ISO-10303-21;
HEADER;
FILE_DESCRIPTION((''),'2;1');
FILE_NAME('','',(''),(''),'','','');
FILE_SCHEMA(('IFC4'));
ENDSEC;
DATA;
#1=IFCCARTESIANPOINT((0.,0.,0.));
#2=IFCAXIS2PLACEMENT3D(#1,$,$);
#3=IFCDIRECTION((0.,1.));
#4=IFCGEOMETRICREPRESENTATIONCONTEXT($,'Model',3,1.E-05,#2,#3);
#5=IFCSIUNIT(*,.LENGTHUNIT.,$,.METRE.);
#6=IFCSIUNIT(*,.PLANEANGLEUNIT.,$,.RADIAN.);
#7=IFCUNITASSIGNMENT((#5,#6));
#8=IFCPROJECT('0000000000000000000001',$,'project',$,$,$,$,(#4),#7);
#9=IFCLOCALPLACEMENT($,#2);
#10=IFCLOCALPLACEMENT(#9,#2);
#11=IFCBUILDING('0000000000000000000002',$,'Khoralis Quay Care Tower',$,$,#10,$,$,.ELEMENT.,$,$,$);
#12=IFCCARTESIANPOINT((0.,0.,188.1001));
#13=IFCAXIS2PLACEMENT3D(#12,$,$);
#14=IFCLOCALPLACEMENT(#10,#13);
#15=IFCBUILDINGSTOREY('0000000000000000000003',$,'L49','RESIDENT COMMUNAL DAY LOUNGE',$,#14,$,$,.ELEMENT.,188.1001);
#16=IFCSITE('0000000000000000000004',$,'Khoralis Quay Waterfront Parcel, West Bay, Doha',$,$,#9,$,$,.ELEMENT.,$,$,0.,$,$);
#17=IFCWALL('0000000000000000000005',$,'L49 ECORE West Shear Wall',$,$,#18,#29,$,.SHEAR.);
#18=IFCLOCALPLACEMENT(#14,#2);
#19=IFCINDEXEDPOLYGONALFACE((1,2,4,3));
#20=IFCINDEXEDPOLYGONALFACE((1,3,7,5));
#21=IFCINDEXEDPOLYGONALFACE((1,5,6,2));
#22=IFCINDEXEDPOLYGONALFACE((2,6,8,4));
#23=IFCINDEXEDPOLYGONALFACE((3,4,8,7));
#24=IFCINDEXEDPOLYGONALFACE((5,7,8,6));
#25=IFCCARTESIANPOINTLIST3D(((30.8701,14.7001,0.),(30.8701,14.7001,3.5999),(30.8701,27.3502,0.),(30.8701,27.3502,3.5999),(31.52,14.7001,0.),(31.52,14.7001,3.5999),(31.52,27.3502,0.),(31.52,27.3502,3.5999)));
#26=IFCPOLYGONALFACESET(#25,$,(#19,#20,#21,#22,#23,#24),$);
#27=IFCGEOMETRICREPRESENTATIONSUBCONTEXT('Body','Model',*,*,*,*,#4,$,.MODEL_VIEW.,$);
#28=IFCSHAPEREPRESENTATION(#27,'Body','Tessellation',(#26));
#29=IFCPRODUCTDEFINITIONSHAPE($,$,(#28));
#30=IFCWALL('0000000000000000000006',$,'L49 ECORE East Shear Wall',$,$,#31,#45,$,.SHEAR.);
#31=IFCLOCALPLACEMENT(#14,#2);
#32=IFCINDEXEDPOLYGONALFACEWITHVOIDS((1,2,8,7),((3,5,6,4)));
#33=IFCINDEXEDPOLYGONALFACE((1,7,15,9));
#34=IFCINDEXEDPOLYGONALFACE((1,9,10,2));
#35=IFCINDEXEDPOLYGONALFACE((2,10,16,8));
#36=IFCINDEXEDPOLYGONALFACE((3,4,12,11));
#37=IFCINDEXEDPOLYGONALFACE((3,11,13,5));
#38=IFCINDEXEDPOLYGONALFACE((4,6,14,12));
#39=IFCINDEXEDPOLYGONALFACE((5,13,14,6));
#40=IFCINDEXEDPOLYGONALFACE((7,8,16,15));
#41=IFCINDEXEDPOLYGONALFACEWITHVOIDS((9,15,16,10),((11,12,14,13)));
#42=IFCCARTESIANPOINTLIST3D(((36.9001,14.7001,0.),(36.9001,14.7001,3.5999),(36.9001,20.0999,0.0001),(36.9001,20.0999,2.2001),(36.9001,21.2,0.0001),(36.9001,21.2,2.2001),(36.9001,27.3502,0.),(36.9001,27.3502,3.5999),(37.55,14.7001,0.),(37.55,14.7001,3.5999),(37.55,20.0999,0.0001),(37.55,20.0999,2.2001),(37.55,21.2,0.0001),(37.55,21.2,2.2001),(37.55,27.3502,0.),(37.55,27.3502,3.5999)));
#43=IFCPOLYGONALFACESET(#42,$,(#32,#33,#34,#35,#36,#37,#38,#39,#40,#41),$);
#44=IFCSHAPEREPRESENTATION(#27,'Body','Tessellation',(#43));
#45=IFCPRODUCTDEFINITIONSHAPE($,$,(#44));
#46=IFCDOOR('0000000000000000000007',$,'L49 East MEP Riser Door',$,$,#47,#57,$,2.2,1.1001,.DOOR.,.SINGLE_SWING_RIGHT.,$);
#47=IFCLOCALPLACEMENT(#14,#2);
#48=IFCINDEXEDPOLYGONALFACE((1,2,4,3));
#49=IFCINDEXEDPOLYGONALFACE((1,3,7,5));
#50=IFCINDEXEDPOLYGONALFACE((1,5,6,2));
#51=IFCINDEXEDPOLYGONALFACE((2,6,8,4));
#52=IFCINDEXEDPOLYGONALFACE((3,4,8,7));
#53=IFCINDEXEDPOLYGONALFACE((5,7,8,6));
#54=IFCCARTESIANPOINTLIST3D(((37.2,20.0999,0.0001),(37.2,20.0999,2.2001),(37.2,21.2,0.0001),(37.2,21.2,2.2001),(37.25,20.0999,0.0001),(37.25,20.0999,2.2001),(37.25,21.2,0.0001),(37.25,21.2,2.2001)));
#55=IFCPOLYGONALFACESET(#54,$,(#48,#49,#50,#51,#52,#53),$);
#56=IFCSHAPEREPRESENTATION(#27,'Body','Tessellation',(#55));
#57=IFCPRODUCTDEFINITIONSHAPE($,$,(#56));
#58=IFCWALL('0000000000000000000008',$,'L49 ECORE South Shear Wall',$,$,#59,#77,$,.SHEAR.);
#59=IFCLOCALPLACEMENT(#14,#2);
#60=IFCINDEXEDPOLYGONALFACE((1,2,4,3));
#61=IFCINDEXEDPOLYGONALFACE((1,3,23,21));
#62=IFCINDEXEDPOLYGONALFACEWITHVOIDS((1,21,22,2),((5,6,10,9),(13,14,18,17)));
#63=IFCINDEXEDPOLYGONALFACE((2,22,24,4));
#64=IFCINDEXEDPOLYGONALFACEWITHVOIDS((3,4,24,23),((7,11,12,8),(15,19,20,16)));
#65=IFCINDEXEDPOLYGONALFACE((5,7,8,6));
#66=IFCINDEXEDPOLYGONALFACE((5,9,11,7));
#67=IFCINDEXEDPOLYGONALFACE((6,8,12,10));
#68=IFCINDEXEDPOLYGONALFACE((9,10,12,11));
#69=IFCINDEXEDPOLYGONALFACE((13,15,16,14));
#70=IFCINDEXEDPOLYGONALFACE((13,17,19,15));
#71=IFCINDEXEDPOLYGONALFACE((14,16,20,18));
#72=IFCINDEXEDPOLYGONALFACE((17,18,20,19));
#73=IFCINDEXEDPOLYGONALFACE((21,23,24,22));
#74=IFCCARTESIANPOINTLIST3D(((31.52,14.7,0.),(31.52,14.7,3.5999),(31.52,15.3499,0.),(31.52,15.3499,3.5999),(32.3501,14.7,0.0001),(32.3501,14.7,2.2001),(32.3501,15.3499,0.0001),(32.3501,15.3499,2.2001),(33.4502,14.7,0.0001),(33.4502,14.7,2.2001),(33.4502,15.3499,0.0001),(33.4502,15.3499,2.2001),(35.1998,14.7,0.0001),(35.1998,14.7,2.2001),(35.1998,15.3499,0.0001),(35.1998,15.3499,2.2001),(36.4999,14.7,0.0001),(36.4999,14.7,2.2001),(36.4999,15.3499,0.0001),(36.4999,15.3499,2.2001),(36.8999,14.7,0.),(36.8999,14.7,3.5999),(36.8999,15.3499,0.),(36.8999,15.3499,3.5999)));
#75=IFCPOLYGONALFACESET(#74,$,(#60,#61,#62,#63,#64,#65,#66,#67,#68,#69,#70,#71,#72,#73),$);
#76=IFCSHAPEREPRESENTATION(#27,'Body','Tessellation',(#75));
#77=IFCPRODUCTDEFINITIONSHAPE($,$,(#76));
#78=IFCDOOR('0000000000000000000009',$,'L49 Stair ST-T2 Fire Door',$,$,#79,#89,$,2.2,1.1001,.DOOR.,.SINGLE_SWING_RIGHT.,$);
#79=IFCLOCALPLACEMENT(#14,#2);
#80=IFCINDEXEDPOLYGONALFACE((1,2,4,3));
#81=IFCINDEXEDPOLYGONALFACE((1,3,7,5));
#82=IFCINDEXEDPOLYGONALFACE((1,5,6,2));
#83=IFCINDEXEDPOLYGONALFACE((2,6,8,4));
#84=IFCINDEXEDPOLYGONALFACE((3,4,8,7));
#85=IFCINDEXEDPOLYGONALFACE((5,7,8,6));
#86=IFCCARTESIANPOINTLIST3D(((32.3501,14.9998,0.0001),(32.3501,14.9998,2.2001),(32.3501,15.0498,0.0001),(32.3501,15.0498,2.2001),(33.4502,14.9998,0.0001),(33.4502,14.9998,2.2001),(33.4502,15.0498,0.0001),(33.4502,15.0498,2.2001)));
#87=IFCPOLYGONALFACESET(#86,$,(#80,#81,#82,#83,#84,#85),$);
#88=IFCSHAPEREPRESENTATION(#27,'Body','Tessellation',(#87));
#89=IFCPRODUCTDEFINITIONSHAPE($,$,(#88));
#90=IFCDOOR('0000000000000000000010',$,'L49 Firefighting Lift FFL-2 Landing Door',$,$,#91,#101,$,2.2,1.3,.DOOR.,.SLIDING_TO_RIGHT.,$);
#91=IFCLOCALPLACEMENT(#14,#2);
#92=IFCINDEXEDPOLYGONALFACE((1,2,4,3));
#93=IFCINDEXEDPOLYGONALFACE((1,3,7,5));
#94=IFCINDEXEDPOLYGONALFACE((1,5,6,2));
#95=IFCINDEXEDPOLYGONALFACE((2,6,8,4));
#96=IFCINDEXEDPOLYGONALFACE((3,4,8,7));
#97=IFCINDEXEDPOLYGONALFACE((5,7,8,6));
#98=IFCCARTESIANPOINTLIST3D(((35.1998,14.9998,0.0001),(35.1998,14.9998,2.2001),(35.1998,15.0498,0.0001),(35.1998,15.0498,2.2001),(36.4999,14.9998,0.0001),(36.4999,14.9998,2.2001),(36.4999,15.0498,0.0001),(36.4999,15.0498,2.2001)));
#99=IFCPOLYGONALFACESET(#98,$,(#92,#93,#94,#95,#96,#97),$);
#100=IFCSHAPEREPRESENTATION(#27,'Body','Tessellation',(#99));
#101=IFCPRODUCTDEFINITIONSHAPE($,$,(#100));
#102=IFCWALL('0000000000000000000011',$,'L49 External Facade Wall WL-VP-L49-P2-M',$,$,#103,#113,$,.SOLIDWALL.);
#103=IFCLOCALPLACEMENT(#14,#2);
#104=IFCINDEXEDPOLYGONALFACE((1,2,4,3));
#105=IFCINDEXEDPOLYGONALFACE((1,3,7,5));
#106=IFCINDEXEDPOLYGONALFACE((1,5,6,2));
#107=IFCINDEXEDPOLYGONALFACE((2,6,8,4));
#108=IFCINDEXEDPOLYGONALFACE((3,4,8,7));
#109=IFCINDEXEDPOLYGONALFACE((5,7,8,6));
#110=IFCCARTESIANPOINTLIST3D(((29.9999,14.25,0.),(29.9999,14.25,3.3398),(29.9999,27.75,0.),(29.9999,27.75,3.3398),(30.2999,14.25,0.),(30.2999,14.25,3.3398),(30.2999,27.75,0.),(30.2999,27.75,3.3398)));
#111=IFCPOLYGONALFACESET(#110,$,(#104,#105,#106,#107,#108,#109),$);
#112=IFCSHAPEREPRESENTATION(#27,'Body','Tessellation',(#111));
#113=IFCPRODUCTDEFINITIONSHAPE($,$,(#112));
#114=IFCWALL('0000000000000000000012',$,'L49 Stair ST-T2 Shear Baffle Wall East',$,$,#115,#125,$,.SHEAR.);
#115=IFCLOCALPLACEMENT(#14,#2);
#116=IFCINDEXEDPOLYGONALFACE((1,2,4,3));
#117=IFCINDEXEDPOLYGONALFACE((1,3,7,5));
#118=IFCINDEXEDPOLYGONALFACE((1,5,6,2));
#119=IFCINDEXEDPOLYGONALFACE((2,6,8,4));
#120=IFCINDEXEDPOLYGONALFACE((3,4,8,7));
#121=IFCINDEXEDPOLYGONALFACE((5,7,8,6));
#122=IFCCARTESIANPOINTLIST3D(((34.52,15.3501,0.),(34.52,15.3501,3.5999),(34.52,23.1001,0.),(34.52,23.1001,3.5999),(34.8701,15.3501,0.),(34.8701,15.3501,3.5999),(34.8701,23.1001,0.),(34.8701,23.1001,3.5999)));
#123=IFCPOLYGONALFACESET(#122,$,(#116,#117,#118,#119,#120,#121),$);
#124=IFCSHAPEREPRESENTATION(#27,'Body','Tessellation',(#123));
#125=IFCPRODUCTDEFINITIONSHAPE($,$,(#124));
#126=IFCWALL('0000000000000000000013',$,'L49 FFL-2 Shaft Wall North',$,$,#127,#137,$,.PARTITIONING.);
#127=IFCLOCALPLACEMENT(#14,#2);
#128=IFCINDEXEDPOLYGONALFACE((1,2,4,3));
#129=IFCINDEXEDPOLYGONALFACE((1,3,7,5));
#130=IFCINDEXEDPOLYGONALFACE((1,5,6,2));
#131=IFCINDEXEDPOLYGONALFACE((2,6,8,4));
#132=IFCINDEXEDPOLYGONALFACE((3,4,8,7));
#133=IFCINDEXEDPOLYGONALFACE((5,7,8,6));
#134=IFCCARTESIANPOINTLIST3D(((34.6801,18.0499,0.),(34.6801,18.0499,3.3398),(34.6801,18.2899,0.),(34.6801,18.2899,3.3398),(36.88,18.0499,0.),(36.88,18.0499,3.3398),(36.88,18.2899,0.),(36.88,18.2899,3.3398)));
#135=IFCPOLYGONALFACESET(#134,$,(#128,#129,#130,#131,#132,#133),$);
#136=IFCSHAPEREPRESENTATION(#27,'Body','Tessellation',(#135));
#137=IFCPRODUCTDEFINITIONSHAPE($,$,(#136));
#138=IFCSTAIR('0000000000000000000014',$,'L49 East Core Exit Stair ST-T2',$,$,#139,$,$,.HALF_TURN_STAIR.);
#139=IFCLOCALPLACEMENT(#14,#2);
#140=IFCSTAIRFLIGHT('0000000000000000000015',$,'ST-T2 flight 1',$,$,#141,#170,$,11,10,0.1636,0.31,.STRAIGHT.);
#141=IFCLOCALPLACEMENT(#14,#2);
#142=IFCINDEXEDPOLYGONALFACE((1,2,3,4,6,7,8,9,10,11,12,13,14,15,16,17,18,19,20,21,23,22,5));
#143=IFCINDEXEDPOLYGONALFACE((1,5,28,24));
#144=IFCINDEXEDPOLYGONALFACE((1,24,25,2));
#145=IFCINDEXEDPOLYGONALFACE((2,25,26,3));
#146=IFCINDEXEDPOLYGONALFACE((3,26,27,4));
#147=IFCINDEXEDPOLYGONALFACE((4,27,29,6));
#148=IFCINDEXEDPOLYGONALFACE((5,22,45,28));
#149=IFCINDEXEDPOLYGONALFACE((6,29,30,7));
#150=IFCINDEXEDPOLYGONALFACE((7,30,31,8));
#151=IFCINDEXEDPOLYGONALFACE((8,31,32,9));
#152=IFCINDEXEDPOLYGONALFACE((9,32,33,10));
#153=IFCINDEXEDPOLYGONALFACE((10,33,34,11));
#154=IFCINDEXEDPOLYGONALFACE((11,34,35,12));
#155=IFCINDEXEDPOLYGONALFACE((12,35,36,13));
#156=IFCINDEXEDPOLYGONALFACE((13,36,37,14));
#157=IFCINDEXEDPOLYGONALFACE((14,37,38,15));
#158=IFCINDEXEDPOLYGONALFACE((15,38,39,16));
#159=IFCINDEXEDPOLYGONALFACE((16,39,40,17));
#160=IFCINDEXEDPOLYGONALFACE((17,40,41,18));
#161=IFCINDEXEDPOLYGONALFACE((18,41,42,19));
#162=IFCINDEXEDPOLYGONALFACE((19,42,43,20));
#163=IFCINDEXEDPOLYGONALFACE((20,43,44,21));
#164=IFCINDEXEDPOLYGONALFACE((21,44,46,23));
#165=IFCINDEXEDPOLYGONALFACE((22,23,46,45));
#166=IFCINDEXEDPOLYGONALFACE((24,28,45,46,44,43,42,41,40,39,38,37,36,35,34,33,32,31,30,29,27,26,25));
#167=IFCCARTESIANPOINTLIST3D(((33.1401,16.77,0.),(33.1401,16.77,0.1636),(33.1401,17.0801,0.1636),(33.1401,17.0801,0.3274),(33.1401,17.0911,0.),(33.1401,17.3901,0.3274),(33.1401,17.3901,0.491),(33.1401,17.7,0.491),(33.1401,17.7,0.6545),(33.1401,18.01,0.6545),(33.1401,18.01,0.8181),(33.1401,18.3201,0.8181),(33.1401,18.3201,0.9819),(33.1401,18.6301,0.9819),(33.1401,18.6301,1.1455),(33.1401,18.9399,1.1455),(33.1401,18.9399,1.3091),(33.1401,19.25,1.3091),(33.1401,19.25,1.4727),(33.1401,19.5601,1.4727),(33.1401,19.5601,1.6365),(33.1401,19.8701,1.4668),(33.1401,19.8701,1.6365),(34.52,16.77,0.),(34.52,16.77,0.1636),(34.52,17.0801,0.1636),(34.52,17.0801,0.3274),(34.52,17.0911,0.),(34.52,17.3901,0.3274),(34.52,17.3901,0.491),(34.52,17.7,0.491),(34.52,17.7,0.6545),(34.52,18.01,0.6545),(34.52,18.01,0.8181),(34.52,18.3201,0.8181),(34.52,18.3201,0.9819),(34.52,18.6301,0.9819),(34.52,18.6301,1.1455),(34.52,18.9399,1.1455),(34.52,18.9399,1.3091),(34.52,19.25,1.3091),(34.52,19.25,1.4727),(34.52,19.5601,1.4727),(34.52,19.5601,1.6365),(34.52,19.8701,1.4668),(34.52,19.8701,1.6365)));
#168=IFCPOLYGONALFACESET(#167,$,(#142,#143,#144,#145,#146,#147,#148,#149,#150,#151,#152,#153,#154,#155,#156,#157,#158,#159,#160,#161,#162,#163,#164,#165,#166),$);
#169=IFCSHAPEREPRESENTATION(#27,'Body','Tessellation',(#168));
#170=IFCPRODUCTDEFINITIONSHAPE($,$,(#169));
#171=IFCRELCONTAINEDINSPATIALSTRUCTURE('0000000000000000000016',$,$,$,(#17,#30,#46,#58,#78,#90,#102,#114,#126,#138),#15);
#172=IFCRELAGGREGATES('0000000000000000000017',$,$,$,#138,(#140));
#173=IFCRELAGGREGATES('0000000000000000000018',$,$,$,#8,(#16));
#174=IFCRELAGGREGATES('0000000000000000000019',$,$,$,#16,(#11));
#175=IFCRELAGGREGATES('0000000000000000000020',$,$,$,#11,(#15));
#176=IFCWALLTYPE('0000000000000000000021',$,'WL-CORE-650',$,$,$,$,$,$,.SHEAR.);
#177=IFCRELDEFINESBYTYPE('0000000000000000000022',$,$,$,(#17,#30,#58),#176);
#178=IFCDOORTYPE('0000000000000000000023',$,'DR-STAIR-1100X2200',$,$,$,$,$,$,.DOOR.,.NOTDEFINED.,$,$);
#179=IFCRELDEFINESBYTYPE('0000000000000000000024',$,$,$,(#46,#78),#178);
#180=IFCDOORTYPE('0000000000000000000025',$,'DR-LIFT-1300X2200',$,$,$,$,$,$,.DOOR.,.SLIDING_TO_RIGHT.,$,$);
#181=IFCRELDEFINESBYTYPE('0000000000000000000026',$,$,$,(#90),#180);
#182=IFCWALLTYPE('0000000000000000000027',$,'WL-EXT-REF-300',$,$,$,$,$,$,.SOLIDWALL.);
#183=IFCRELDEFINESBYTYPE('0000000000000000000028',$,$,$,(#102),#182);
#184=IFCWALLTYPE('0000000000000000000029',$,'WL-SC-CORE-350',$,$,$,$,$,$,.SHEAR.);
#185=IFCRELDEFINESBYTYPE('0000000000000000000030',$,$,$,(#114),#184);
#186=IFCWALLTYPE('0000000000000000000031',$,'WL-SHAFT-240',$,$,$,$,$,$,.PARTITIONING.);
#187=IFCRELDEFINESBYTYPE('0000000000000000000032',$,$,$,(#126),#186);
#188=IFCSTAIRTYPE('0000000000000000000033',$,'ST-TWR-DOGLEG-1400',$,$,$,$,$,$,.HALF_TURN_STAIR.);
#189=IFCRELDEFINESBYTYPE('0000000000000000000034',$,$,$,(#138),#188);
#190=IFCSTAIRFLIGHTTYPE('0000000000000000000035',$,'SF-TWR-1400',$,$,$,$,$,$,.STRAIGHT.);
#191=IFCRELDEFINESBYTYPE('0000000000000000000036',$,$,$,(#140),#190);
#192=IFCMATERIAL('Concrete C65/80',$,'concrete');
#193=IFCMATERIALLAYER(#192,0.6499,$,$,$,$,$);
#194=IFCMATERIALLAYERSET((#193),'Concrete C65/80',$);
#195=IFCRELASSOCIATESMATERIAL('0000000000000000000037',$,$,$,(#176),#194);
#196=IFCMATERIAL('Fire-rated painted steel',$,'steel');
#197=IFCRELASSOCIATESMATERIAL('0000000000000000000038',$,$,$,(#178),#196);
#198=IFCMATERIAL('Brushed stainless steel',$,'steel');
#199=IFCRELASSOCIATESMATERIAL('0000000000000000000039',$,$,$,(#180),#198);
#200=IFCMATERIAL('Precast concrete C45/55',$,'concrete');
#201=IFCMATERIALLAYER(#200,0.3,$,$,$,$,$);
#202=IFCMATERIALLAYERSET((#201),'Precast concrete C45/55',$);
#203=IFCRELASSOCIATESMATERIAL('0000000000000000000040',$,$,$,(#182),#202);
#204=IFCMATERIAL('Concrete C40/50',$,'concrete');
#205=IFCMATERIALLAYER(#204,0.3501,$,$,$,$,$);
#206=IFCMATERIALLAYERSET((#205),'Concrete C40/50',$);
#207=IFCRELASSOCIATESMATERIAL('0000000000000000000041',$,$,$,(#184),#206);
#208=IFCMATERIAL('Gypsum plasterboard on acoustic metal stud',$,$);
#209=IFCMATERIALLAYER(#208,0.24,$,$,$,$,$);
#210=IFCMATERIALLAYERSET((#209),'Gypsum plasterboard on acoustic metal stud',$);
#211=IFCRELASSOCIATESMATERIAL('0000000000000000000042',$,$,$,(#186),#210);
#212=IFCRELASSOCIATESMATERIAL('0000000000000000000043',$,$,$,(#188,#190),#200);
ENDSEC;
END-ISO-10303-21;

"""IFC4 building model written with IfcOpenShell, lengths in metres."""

from ifc_helpers import new_model, si_unit, direction, frame, frame_2d, origin, place, context, subcontext, project, spatial, polyline, rectangle, outline, extrude, source, transform, mapped, material, layer, layer_set, type_object, element, fill, aggregate, save


model = new_model("IFC4")

# Units and contexts
model_context = context("Model", 3, precision=1e-05, world=origin(), true_north=direction((0.0, 1.0)))
body_context = subcontext(model_context, "Body", "Model", "MODEL_VIEW")
ifc_project = project(units=[si_unit("LENGTHUNIT", "METRE"), si_unit("PLANEANGLEUNIT", "RADIAN")], contexts=[model_context])

# Site, building, storey
site_placement = place(None, origin())
site = spatial("IfcSite", under=ifc_project, at=site_placement, Name="Khoralis Quay Waterfront Parcel, West Bay, Doha", CompositionType="ELEMENT", RefElevation=0.0)
building_placement = place(site_placement, origin())
building = spatial("IfcBuilding", under=site, at=building_placement, Name="Khoralis Quay Care Tower", CompositionType="ELEMENT")
storey_placement = place(building_placement, frame((0.0, 0.0, 188.1001)))
storey = spatial("IfcBuildingStorey", under=building, at=storey_placement, Name="L49", Description="RESIDENT COMMUNAL DAY LOUNGE", CompositionType="ELEMENT", Elevation=188.1001)

# Wall
ifc_material_1 = material(Name="Gypsum plasterboard on acoustic metal stud")
ifc_material_2 = material(Name="Concrete C65/80", Category="concrete")
ifc_layer_1 = layer(ifc_material_2, 0.6499)
ifc_layer_set_1 = layer_set([ifc_layer_1], Name="Concrete C65/80")
wall_type_1 = type_object("IfcWallType", Name="WL-CORE-650", PredefinedType="SHEAR", material=ifc_layer_set_1)
wall_1_placement = place(storey_placement, frame((31.1951, 14.7, 0.0), z_axis=(0.0, 0.0, 1.0), x_axis=(0.0, 1.0, 0.0)))
element("IfcWall", 1, at=wall_1_placement, inside=storey, type_object=wall_type_1, Name="L49 ECORE West Shear Wall", PredefinedType="SHEAR", context=body_context, shape_type="SweptSolid", body=[
    extrude(rectangle(XDim=12.6501, YDim=0.6499, at=frame_2d((6.3252, 0.0))), origin(), (0.0, 0.0, 1.0), 3.5999),
])

# Wall, opening, door
wall_2_placement = place(storey_placement, frame((37.2251, 14.7, 0.0), z_axis=(0.0, 0.0, 1.0), x_axis=(0.0, 1.0, 0.0)))
wall_2 = element("IfcWall", 2, at=wall_2_placement, inside=storey, type_object=wall_type_1, Name="L49 ECORE East Shear Wall", PredefinedType="SHEAR", context=body_context, shape_type="SweptSolid", body=[
    extrude(rectangle(XDim=12.6501, YDim=0.6499, at=frame_2d((6.3252, 0.0))), origin(), (0.0, 0.0, 1.0), 3.5999),
])
opening_1_placement = place(wall_2_placement, frame((5.3999, 0.0, 0.0)))
opening_1 = element("IfcOpeningElement", 3, at=opening_1_placement, cuts=wall_2, PredefinedType="OPENING", context=body_context, shape_type="SweptSolid", body=[
    extrude(rectangle(XDim=1.1001, YDim=2.2, at=frame_2d((0.55, 1.1001))), frame((0.0, 0.335, 0.0), z_axis=(0.0, -1.0, 0.0), x_axis=(1.0, 0.0, 0.0)), (0.0, 0.0, 1.0), 0.6699),
])
ifc_material_3 = material(Name="Fire-rated painted steel", Category="steel")
door_type_1 = type_object("IfcDoorType", Name="DR-STAIR-1100X2200", OperationType="NOTDEFINED", PredefinedType="DOOR", material=ifc_material_3)
shared_shape_1 = source(origin(), body_context, "Body", "SweptSolid", [
    extrude(rectangle(XDim=1.1001, YDim=2.2, at=frame_2d((0.55, 1.1001))), frame((0.0, 0.0249, 0.0), z_axis=(0.0, -1.0, 0.0), x_axis=(1.0, 0.0, 0.0)), (0.0, 0.0, 1.0), 0.05),
])
door_1_placement = place(opening_1_placement, frame((1.1001, 0.0, 0.0), z_axis=(0.0, 0.0, 1.0), x_axis=(-1.0, 0.0, 0.0)))
door_1 = element("IfcDoor", 4, at=door_1_placement, inside=storey, type_object=door_type_1, Name="L49 East MEP Riser Door", OperationType="SINGLE_SWING_RIGHT", OverallHeight=2.2, OverallWidth=1.1001, PredefinedType="DOOR", context=body_context, shape_type="MappedRepresentation", body=[
    mapped(shared_shape_1, transform((0.0, 0.0, 0.0), scale=1.0)),
])
fill(opening_1, door_1)

# Wall, openings, doors
wall_3_placement = place(storey_placement, frame((31.52, 15.0249, 0.0), z_axis=(0.0, 0.0, 1.0), x_axis=(1.0, 0.0, 0.0)))
wall_3 = element("IfcWall", 5, at=wall_3_placement, inside=storey, type_object=wall_type_1, Name="L49 ECORE South Shear Wall", PredefinedType="SHEAR", context=body_context, shape_type="SweptSolid", body=[
    extrude(rectangle(XDim=5.3799, YDim=0.6499, at=frame_2d((2.6899, 0.0))), origin(), (0.0, 0.0, 1.0), 3.5999),
])
opening_2_placement = place(wall_3_placement, frame((0.8301, 0.0, 0.0)))
opening_2 = element("IfcOpeningElement", 6, at=opening_2_placement, cuts=wall_3, PredefinedType="OPENING", context=body_context, shape_type="SweptSolid", body=[
    extrude(rectangle(XDim=1.1001, YDim=2.2, at=frame_2d((0.55, 1.1001))), frame((0.0, 0.335, 0.0), z_axis=(0.0, -1.0, 0.0), x_axis=(1.0, 0.0, 0.0)), (0.0, 0.0, 1.0), 0.6699),
])
opening_3_placement = place(wall_3_placement, frame((3.6799, 0.0, 0.0)))
opening_3 = element("IfcOpeningElement", 7, at=opening_3_placement, cuts=wall_3, PredefinedType="OPENING", context=body_context, shape_type="SweptSolid", body=[
    extrude(rectangle(XDim=1.3, YDim=2.2, at=frame_2d((0.6499, 1.1001))), frame((0.0, 0.335, 0.0), z_axis=(0.0, -1.0, 0.0), x_axis=(1.0, 0.0, 0.0)), (0.0, 0.0, 1.0), 0.6699),
])
door_2_placement = place(opening_2_placement, origin())
door_2 = element("IfcDoor", 8, at=door_2_placement, inside=storey, type_object=door_type_1, Name="L49 Stair ST-T2 Fire Door", OperationType="SINGLE_SWING_RIGHT", OverallHeight=2.2, OverallWidth=1.1001, PredefinedType="DOOR", context=body_context, shape_type="MappedRepresentation", body=[
    mapped(shared_shape_1, transform((0.0, 0.0, 0.0), scale=1.0)),
])
fill(opening_2, door_2)
ifc_material_4 = material(Name="Brushed stainless steel", Category="steel")
door_type_2 = type_object("IfcDoorType", Name="DR-LIFT-1300X2200", OperationType="SLIDING_TO_RIGHT", PredefinedType="DOOR", material=ifc_material_4)
shared_shape_2 = source(origin(), body_context, "Body", "SweptSolid", [
    extrude(rectangle(XDim=1.3, YDim=2.2, at=frame_2d((0.6499, 1.1001))), frame((0.0, 0.0249, 0.0), z_axis=(0.0, -1.0, 0.0), x_axis=(1.0, 0.0, 0.0)), (0.0, 0.0, 1.0), 0.05),
])
door_3_placement = place(opening_3_placement, origin())
door_3 = element("IfcDoor", 9, at=door_3_placement, inside=storey, type_object=door_type_2, Name="L49 Firefighting Lift FFL-2 Landing Door", OperationType="SLIDING_TO_RIGHT", OverallHeight=2.2, OverallWidth=1.3, PredefinedType="DOOR", context=body_context, shape_type="MappedRepresentation", body=[
    mapped(shared_shape_2, transform((0.0, 0.0, 0.0), scale=1.0)),
])
fill(opening_3, door_3)

# Walls
ifc_material_5 = material(Name="Precast concrete C45/55", Category="concrete")
ifc_layer_2 = layer(ifc_material_5, 0.3)
ifc_layer_set_2 = layer_set([ifc_layer_2], Name="Precast concrete C45/55")
wall_type_2 = type_object("IfcWallType", Name="WL-EXT-REF-300", PredefinedType="SOLIDWALL", material=ifc_layer_set_2)
wall_4_placement = place(storey_placement, frame((30.1499, 14.25, 0.0), z_axis=(0.0, 0.0, 1.0), x_axis=(0.0, 1.0, 0.0)))
element("IfcWall", 10, at=wall_4_placement, inside=storey, type_object=wall_type_2, Name="L49 External Facade Wall WL-VP-L49-P2-M", PredefinedType="SOLIDWALL", context=body_context, shape_type="SweptSolid", body=[
    extrude(rectangle(XDim=13.5, YDim=0.3, at=frame_2d((6.75, 0.0))), origin(), (0.0, 0.0, 1.0), 3.3398),
])
ifc_material_6 = material(Name="Concrete C40/50", Category="concrete")
ifc_layer_3 = layer(ifc_material_6, 0.3501)
ifc_layer_set_3 = layer_set([ifc_layer_3], Name="Concrete C40/50")
wall_type_3 = type_object("IfcWallType", Name="WL-SC-CORE-350", PredefinedType="SHEAR", material=ifc_layer_set_3)
wall_5_placement = place(storey_placement, frame((34.6951, 15.3501, 0.0), z_axis=(0.0, 0.0, 1.0), x_axis=(0.0, 1.0, 0.0)))
element("IfcWall", 11, at=wall_5_placement, inside=storey, type_object=wall_type_3, Name="L49 Stair ST-T2 Shear Baffle Wall East", PredefinedType="SHEAR", context=body_context, shape_type="SweptSolid", body=[
    extrude(rectangle(XDim=7.75, YDim=0.3501, at=frame_2d((3.875, 0.0))), origin(), (0.0, 0.0, 1.0), 3.5999),
])
ifc_layer_4 = layer(ifc_material_1, 0.24)
ifc_layer_set_4 = layer_set([ifc_layer_4], Name="Gypsum plasterboard on acoustic metal stud")
wall_type_4 = type_object("IfcWallType", Name="WL-SHAFT-240", PredefinedType="PARTITIONING", material=ifc_layer_set_4)
wall_6_placement = place(storey_placement, frame((34.6799, 18.1699, 0.0), z_axis=(0.0, 0.0, 1.0), x_axis=(1.0, 0.0, 0.0)))
element("IfcWall", 12, at=wall_6_placement, inside=storey, type_object=wall_type_4, Name="L49 FFL-2 Shaft Wall North", PredefinedType="PARTITIONING", context=body_context, shape_type="SweptSolid", body=[
    extrude(rectangle(XDim=2.2, YDim=0.24, at=frame_2d((1.1001, 0.0))), origin(), (0.0, 0.0, 1.0), 3.3398),
])

# Stair, stair flight
stair_type = type_object("IfcStairType", Name="ST-TWR-DOGLEG-1400", PredefinedType="HALF_TURN_STAIR", material=ifc_material_5)
stair_placement = place(storey_placement, origin())
stair = element("IfcStair", 13, at=stair_placement, inside=storey, type_object=stair_type, Name="L49 East Core Exit Stair ST-T2", PredefinedType="HALF_TURN_STAIR")
stair_flight_type = type_object("IfcStairFlightType", Name="SF-TWR-1400", PredefinedType="STRAIGHT", material=ifc_material_5)
shared_shape_3 = source(origin(), body_context, "Body", "SweptSolid", [
    extrude(outline(polyline([(0.0, 0.0), (0.0, 0.1636), (0.3101, 0.1636), (0.3101, 0.3274), (0.6201, 0.3274), (0.6201, 0.491), (0.9299, 0.491), (0.9299, 0.6545), (1.24, 0.6545), (1.24, 0.8181), (1.55, 0.8181), (1.55, 0.9819), (1.8601, 0.9819), (1.8601, 1.1455), (2.1699, 1.1455), (2.1699, 1.3091), (2.48, 1.3091), (2.48, 1.4727), (2.79, 1.4727), (2.79, 1.6365), (3.1001, 1.6365), (3.1001, 1.8), (3.1001, 1.4668), (0.321, 0.0), (0.0, 0.0)])), frame((0.0, 0.6899, 0.0), z_axis=(0.0, -1.0, 0.0), x_axis=(1.0, 0.0, 0.0)), (0.0, 0.0, 1.0), 1.3799),
])
stair_flight_1_placement = place(storey_placement, frame((33.8301, 16.77, 0.0), z_axis=(0.0, 0.0, 1.0), x_axis=(0.0, 1.0, 0.0)))
stair_flight_1 = element("IfcStairFlight", 14, at=stair_flight_1_placement, type_object=stair_flight_type, Name="ST-T2 flight 1", NumberOfRisers=11, NumberOfTreads=10, PredefinedType="STRAIGHT", RiserHeight=0.1636, TreadLength=0.31, context=body_context, shape_type="MappedRepresentation", body=[
    mapped(shared_shape_3, transform((0.0, 0.0, 0.0), scale=1.0)),
])
aggregate(stair, [stair_flight_1])

save(model, "model.ifc")
